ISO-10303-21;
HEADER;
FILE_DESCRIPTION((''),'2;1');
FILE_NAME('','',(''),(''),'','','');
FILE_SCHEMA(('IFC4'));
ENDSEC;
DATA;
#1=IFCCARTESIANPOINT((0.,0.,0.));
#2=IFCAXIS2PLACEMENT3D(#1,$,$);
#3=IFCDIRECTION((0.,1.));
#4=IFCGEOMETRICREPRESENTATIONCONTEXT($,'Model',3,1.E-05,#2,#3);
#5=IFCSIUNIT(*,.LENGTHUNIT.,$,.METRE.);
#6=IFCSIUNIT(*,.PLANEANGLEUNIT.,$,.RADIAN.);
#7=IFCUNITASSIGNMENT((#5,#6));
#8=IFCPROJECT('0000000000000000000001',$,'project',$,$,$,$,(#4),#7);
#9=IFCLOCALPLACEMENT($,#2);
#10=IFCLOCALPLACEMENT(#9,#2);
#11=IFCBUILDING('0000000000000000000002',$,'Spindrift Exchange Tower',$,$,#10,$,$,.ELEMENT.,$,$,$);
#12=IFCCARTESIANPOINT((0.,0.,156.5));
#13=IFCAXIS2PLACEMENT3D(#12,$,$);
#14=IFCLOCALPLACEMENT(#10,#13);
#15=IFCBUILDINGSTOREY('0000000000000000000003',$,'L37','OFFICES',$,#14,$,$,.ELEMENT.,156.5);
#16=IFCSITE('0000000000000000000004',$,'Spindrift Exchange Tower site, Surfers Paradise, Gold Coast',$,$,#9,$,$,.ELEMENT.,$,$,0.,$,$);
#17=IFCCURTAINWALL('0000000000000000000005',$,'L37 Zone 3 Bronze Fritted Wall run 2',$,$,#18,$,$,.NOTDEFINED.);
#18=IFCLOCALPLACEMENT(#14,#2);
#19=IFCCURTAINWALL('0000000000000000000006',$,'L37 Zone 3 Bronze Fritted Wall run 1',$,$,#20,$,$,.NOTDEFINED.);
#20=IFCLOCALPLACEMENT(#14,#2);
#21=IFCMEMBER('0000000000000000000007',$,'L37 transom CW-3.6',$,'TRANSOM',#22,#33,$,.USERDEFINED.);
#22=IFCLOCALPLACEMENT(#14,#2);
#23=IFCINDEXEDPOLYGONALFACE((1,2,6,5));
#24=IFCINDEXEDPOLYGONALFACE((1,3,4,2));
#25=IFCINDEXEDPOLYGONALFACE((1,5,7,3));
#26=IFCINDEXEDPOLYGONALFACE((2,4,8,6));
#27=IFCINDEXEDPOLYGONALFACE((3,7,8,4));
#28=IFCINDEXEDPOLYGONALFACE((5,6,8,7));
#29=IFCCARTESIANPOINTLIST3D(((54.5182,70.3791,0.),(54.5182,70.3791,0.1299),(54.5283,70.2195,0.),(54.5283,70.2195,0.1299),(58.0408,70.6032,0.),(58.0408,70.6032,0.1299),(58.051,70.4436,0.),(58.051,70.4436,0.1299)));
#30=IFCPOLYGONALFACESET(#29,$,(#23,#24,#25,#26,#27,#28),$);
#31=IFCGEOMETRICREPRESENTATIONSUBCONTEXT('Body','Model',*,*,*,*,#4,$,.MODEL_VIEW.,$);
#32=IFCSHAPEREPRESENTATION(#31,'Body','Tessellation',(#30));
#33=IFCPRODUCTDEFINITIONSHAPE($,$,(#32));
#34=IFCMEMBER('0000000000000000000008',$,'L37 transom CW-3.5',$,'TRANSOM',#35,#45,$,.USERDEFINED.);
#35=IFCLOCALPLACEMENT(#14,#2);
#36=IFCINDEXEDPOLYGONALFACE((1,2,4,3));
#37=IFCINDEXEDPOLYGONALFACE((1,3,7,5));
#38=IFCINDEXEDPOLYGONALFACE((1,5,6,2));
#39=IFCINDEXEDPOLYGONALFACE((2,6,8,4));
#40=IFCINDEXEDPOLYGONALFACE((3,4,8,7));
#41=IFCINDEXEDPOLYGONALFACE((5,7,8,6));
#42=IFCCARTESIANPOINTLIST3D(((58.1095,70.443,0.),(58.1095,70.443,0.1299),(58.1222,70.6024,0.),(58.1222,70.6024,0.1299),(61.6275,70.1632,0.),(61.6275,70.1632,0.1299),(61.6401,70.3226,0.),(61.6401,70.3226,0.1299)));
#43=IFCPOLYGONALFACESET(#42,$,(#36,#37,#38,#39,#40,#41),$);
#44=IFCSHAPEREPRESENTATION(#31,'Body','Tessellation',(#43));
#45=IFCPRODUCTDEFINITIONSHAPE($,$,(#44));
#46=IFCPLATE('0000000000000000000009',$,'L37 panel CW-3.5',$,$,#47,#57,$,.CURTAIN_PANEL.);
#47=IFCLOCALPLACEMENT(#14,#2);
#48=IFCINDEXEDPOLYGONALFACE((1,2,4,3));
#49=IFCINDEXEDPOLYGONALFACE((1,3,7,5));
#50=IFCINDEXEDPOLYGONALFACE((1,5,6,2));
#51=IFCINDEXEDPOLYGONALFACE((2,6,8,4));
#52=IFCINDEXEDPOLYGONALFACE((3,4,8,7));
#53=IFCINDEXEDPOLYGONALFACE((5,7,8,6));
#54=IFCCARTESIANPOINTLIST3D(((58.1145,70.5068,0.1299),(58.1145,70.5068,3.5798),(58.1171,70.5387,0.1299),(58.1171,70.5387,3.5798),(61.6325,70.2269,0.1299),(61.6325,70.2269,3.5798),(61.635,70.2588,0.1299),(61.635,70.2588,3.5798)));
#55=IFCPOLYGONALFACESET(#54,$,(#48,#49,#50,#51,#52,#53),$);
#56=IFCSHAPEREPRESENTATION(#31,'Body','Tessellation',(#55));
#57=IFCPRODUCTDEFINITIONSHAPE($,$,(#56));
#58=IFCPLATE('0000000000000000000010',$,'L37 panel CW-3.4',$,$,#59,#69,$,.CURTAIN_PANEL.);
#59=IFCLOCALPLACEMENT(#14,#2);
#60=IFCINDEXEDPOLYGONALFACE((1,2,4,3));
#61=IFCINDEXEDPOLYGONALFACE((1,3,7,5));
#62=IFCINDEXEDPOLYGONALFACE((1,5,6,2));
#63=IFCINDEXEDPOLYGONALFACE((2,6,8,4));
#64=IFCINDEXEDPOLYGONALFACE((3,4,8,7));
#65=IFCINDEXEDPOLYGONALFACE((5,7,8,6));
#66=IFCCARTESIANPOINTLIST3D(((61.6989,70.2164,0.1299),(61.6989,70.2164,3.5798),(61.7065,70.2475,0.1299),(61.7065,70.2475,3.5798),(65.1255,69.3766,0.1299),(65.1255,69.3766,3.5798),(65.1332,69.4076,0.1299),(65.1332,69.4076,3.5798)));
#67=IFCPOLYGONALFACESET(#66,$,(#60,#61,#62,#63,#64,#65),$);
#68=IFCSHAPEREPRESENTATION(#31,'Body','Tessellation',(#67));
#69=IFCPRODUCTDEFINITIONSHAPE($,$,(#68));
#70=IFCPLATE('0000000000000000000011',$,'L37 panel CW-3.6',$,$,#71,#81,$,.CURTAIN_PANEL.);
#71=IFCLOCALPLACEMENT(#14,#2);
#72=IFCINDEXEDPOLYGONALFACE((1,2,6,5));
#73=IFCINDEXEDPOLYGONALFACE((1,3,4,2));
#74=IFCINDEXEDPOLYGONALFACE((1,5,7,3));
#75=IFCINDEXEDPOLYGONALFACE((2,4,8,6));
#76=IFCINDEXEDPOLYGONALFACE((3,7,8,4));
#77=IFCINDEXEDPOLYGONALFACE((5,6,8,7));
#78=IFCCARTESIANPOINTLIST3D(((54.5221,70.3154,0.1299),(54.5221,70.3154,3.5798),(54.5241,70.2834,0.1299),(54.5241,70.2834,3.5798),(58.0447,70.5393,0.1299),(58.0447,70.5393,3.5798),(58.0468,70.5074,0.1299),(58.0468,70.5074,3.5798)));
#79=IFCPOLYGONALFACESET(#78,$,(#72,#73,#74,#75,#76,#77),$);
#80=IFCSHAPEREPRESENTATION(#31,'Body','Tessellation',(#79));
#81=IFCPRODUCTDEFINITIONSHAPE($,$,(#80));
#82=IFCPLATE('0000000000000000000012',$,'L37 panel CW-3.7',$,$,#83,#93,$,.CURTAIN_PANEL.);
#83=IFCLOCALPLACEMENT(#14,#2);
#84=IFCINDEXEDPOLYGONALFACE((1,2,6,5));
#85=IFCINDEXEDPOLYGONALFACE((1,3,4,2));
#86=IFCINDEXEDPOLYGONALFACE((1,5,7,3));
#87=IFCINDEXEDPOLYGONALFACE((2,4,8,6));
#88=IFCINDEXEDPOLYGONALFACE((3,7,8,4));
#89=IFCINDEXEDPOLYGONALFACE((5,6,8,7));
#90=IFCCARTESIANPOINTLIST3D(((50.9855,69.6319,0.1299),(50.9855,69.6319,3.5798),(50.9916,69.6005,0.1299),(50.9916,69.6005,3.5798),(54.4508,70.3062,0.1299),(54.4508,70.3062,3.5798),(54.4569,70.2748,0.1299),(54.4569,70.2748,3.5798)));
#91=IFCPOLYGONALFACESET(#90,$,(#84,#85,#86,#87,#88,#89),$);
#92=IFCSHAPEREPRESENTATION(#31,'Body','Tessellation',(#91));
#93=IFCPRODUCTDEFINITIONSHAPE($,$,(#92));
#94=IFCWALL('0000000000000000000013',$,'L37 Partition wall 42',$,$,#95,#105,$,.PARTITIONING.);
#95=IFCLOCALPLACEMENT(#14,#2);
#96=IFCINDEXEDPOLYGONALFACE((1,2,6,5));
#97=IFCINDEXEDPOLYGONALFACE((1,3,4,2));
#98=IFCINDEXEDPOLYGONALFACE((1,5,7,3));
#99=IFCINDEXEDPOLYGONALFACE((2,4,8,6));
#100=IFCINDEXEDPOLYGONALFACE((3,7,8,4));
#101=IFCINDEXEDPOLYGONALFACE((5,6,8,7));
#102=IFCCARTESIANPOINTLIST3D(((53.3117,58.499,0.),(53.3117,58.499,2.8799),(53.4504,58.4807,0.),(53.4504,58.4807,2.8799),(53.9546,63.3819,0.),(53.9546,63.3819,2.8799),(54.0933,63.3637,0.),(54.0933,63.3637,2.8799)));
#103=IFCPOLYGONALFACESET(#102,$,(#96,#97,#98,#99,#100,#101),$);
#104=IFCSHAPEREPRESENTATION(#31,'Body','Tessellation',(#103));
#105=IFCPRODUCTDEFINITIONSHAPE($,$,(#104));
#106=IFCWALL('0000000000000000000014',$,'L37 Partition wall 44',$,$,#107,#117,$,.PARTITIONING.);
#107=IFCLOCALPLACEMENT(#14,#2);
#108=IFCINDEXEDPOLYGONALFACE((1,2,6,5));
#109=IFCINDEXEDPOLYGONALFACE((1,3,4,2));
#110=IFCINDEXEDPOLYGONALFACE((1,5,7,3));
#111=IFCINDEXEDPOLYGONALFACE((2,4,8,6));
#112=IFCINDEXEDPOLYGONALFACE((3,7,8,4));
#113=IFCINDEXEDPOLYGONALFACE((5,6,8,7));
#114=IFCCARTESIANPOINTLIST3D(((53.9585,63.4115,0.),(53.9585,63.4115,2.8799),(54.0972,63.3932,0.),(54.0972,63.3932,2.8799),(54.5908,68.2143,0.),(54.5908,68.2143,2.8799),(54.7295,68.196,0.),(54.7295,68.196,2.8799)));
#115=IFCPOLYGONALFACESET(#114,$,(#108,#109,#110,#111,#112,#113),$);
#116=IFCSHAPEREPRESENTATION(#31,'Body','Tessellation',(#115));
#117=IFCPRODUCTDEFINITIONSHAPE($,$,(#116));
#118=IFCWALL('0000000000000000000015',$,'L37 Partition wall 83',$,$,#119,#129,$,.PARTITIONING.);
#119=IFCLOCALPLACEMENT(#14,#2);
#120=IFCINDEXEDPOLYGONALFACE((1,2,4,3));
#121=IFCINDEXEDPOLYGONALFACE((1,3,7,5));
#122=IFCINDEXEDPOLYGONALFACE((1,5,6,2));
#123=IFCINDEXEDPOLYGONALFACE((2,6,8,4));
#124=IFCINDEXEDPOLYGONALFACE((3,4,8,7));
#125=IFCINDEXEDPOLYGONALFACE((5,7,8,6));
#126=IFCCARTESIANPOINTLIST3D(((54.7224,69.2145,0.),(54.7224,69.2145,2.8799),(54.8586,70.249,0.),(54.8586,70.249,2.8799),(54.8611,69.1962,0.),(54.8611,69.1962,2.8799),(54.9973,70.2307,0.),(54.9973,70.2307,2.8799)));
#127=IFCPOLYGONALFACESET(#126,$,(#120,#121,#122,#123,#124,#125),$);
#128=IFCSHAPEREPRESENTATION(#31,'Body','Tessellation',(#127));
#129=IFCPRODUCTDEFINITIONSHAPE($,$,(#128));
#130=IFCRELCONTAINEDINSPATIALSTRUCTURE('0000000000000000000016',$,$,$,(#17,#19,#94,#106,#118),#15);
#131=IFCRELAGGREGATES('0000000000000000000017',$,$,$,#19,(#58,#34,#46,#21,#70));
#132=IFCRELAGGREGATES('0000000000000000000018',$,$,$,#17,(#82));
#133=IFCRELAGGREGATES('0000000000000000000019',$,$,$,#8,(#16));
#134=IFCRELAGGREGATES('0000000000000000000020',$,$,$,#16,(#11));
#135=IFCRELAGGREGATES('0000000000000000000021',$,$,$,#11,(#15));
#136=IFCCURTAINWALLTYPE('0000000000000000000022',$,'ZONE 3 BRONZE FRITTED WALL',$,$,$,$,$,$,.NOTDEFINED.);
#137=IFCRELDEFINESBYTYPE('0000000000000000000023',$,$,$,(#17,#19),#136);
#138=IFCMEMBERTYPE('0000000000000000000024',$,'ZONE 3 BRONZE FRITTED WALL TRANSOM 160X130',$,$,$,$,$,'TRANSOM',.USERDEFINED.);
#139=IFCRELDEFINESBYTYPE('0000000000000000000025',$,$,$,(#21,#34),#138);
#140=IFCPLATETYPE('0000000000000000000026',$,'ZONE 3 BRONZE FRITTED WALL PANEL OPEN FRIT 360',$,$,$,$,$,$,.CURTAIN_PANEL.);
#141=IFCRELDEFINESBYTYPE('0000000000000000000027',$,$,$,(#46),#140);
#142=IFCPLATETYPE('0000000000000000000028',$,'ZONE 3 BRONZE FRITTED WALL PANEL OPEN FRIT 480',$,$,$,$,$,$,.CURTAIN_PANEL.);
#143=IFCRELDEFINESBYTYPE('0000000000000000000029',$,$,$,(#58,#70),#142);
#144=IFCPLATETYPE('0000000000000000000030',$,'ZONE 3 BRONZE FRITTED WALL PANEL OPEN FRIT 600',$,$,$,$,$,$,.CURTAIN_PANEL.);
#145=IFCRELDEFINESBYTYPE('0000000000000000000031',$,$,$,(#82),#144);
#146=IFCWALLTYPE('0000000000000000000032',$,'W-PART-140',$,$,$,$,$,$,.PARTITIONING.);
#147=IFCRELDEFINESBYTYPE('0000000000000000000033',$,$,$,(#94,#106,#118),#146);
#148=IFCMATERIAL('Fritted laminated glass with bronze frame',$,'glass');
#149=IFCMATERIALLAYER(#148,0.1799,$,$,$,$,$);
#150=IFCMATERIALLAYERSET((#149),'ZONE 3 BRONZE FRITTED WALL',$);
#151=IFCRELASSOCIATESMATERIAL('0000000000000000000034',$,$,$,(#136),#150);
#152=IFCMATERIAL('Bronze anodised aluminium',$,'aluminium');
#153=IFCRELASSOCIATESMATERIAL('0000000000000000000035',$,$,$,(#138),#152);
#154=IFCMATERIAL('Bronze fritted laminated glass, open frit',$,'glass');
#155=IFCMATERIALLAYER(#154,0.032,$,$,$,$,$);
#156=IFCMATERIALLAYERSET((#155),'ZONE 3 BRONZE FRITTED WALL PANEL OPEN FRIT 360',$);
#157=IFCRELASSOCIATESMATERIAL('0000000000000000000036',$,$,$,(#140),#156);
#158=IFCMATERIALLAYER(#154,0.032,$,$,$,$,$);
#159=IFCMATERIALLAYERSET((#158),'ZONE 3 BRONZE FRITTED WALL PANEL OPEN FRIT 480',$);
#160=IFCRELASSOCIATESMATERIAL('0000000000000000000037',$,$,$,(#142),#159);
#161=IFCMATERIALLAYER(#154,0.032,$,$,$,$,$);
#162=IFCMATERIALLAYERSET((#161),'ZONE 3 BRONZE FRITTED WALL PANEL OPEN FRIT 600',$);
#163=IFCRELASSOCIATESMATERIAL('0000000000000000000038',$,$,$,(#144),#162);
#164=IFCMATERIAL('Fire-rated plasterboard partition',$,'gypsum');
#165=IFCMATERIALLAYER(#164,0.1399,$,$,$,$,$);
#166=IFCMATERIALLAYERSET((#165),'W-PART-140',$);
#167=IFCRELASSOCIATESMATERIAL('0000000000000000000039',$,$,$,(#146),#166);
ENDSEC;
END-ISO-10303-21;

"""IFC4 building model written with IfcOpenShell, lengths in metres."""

from ifc_helpers import new_model, si_unit, direction, frame, frame_2d, origin, origin_2d, place, context, subcontext, project, spatial, rectangle, extrude, source, transform, mapped, material, layer, layer_set, material_profile, profile_set, type_object, element, aggregate, save


model = new_model("IFC4")

# Units and contexts
model_context = context("Model", 3, precision=1e-05, world=origin(), true_north=direction((0.0, 1.0)))
body_context = subcontext(model_context, "Body", "Model", "MODEL_VIEW")
ifc_project = project(units=[si_unit("LENGTHUNIT", "METRE"), si_unit("PLANEANGLEUNIT", "RADIAN")], contexts=[model_context])

# Site, building, storey
site_placement = place(None, origin())
site = spatial("IfcSite", under=ifc_project, at=site_placement, Name="Spindrift Exchange Tower site, Surfers Paradise, Gold Coast", CompositionType="ELEMENT", RefElevation=0.0)
building_placement = place(site_placement, origin())
building = spatial("IfcBuilding", under=site, at=building_placement, Name="Spindrift Exchange Tower", CompositionType="ELEMENT")
storey_placement = place(building_placement, frame((0.0, 0.0, 156.5)))
storey = spatial("IfcBuildingStorey", under=building, at=storey_placement, Name="L37", Description="OFFICES", CompositionType="ELEMENT", Elevation=156.5)

# Curtain wall
ifc_material_1 = material(Name="Fritted laminated glass with bronze frame", Category="glass")
ifc_layer_1 = layer(ifc_material_1, 0.1799)
ifc_layer_set_1 = layer_set([ifc_layer_1], Name="ZONE 3 BRONZE FRITTED WALL")
curtain_wall_type = type_object("IfcCurtainWallType", Name="ZONE 3 BRONZE FRITTED WALL", PredefinedType="NOTDEFINED", material=ifc_layer_set_1)
curtain_wall_1_placement = place(storey_placement, origin())
curtain_wall_1 = element("IfcCurtainWall", 1, at=curtain_wall_1_placement, inside=storey, type_object=curtain_wall_type, Name="L37 Zone 3 Bronze Fritted Wall run 2", PredefinedType="NOTDEFINED")
ifc_material_2 = material(Name="Bronze anodised aluminium", Category="aluminium")
ifc_material_profile_1 = material_profile(ifc_material_2, rectangle(XDim=0.1599, YDim=0.1299, at=origin_2d()), Name="ZONE 3 BRONZE FRITTED WALL TRANSOM 160X130")
ifc_profile_set_1 = profile_set([ifc_material_profile_1], Name="Bronze anodised aluminium")
member_type_1 = type_object("IfcMemberType", Name="ZONE 3 BRONZE FRITTED WALL TRANSOM 160X130", ElementType="TRANSOM", PredefinedType="USERDEFINED", material=ifc_profile_set_1)

# Curtain wall
curtain_wall_2_placement = place(storey_placement, origin())
curtain_wall_2 = element("IfcCurtainWall", 2, at=curtain_wall_2_placement, inside=storey, type_object=curtain_wall_type, Name="L37 Zone 3 Bronze Fritted Wall run 1", PredefinedType="NOTDEFINED")

# Members
shared_shape_1 = source(origin(), body_context, "Body", "SweptSolid", [
    extrude(rectangle(XDim=0.1599, YDim=0.1299, at=origin_2d()), origin(), (0.0, 0.0, 1.0), 3.5298),
])
member_1_placement = place(storey_placement, frame((58.0459, 70.5234, 0.0649), z_axis=(-0.997982, -0.063493, 0.0), x_axis=(0.063493, -0.997982, 0.0)))
member_1 = element("IfcMember", 3, at=member_1_placement, type_object=member_type_1, Name="L37 transom CW-3.6", ObjectType="TRANSOM", PredefinedType="USERDEFINED", context=body_context, shape_type="MappedRepresentation", body=[
    mapped(shared_shape_1, transform((0.0, 0.0, 0.0), scale=1.0)),
])
shared_shape_2 = source(origin(), body_context, "Body", "SweptSolid", [
    extrude(rectangle(XDim=0.1599, YDim=0.1299, at=origin_2d()), origin(), (0.0, 0.0, 1.0), 3.5291),
])
member_2_placement = place(storey_placement, frame((61.6338, 70.2429, 0.0649), z_axis=(-0.996853, 0.079278, 0.0), x_axis=(-0.079278, -0.996853, 0.0)))
member_2 = element("IfcMember", 4, at=member_2_placement, type_object=member_type_1, Name="L37 transom CW-3.5", ObjectType="TRANSOM", PredefinedType="USERDEFINED", context=body_context, shape_type="MappedRepresentation", body=[
    mapped(shared_shape_2, transform((0.0, 0.0, 0.0), scale=1.0)),
])

# Plates
ifc_material_3 = material(Name="Bronze fritted laminated glass, open frit", Category="glass")
ifc_layer_2 = layer(ifc_material_3, 0.032)
ifc_layer_set_2 = layer_set([ifc_layer_2], Name="ZONE 3 BRONZE FRITTED WALL PANEL OPEN FRIT 360")
plate_type_1 = type_object("IfcPlateType", Name="ZONE 3 BRONZE FRITTED WALL PANEL OPEN FRIT 360", PredefinedType="CURTAIN_PANEL", material=ifc_layer_set_2)
shared_shape_3 = source(origin(), body_context, "Body", "SweptSolid", [
    extrude(rectangle(XDim=3.5291, YDim=0.032, at=origin_2d()), origin(), (0.0, 0.0, 1.0), 3.45),
])
plate_1_placement = place(storey_placement, frame((59.8748, 70.3828, 0.1299), z_axis=(0.0, 0.0, 1.0), x_axis=(-0.996851, 0.079298, 0.0)))
plate_1 = element("IfcPlate", 5, at=plate_1_placement, type_object=plate_type_1, Name="L37 panel CW-3.5", PredefinedType="CURTAIN_PANEL", context=body_context, shape_type="MappedRepresentation", body=[
    mapped(shared_shape_3, transform((0.0, 0.0, 0.0), scale=1.0)),
])
ifc_layer_3 = layer(ifc_material_3, 0.032)
ifc_layer_set_3 = layer_set([ifc_layer_3], Name="ZONE 3 BRONZE FRITTED WALL PANEL OPEN FRIT 480")
plate_type_2 = type_object("IfcPlateType", Name="ZONE 3 BRONZE FRITTED WALL PANEL OPEN FRIT 480", PredefinedType="CURTAIN_PANEL", material=ifc_layer_set_3)
shared_shape_4 = source(origin(), body_context, "Body", "SweptSolid", [
    extrude(rectangle(XDim=3.5281, YDim=0.032, at=origin_2d()), origin(), (0.0, 0.0, 1.0), 3.45),
])
plate_2_placement = place(storey_placement, frame((63.416, 69.812, 0.1299), z_axis=(0.0, 0.0, 1.0), x_axis=(-0.971255, 0.23804, 0.0)))
plate_2 = element("IfcPlate", 6, at=plate_2_placement, type_object=plate_type_2, Name="L37 panel CW-3.4", PredefinedType="CURTAIN_PANEL", context=body_context, shape_type="MappedRepresentation", body=[
    mapped(shared_shape_4, transform((0.0, 0.0, 0.0), scale=1.0)),
])
shared_shape_5 = source(origin(), body_context, "Body", "SweptSolid", [
    extrude(rectangle(XDim=3.5298, YDim=0.032, at=origin_2d()), origin(), (0.0, 0.0, 1.0), 3.45),
])
plate_3_placement = place(storey_placement, frame((56.2844, 70.4114, 0.1299), z_axis=(0.0, 0.0, 1.0), x_axis=(-0.997985, -0.063447, 0.0)))
plate_3 = element("IfcPlate", 7, at=plate_3_placement, type_object=plate_type_2, Name="L37 panel CW-3.6", PredefinedType="CURTAIN_PANEL", context=body_context, shape_type="MappedRepresentation", body=[
    mapped(shared_shape_5, transform((0.0, 0.0, 0.0), scale=1.0)),
])
aggregate(curtain_wall_2, [plate_2, member_2, plate_1, member_1, plate_3])
ifc_layer_4 = layer(ifc_material_3, 0.032)
ifc_layer_set_4 = layer_set([ifc_layer_4], Name="ZONE 3 BRONZE FRITTED WALL PANEL OPEN FRIT 600")
plate_type_3 = type_object("IfcPlateType", Name="ZONE 3 BRONZE FRITTED WALL PANEL OPEN FRIT 600", PredefinedType="CURTAIN_PANEL", material=ifc_layer_set_4)
shared_shape_6 = source(origin(), body_context, "Body", "SweptSolid", [
    extrude(rectangle(XDim=3.5303, YDim=0.032, at=origin_2d()), origin(), (0.0, 0.0, 1.0), 3.45),
])
plate_4_placement = place(storey_placement, frame((52.7212, 69.9534, 0.1299), z_axis=(0.0, 0.0, 1.0), x_axis=(-0.981588, -0.191013, 0.0)))
plate_4 = element("IfcPlate", 8, at=plate_4_placement, type_object=plate_type_3, Name="L37 panel CW-3.7", PredefinedType="CURTAIN_PANEL", context=body_context, shape_type="MappedRepresentation", body=[
    mapped(shared_shape_6, transform((0.0, 0.0, 0.0), scale=1.0)),
])
aggregate(curtain_wall_1, [plate_4])

# Walls
ifc_material_4 = material(Name="Fire-rated plasterboard partition", Category="gypsum")
ifc_layer_5 = layer(ifc_material_4, 0.1399)
ifc_layer_set_5 = layer_set([ifc_layer_5], Name="W-PART-140")
wall_type = type_object("IfcWallType", Name="W-PART-140", PredefinedType="PARTITIONING", material=ifc_layer_set_5)
wall_1_placement = place(storey_placement, frame((53.3811, 58.49, 0.0), z_axis=(0.0, 0.0, 1.0), x_axis=(0.130524, 0.991445, 0.0)))
element("IfcWall", 9, at=wall_1_placement, inside=storey, type_object=wall_type, Name="L37 Partition wall 42", PredefinedType="PARTITIONING", context=body_context, shape_type="SweptSolid", body=[
    extrude(rectangle(XDim=4.925, YDim=0.1399, at=frame_2d((2.4624, 0.0))), origin(), (0.0, 0.0, 1.0), 2.8799),
])
wall_2_placement = place(storey_placement, frame((54.0278, 63.4023, 0.0), z_axis=(0.0, 0.0, 1.0), x_axis=(0.130533, 0.991444, 0.0)))
element("IfcWall", 10, at=wall_2_placement, inside=storey, type_object=wall_type, Name="L37 Partition wall 44", PredefinedType="PARTITIONING", context=body_context, shape_type="SweptSolid", body=[
    extrude(rectangle(XDim=4.8442, YDim=0.1399, at=frame_2d((2.4221, 0.0))), origin(), (0.0, 0.0, 1.0), 2.8799),
])
wall_3_placement = place(storey_placement, frame((54.7917, 69.2053, 0.0), z_axis=(0.0, 0.0, 1.0), x_axis=(0.13057, 0.991439, 0.0)))
element("IfcWall", 11, at=wall_3_placement, inside=storey, type_object=wall_type, Name="L37 Partition wall 83", PredefinedType="PARTITIONING", context=body_context, shape_type="SweptSolid", body=[
    extrude(rectangle(XDim=1.0435, YDim=0.1399, at=frame_2d((0.5217, 0.0))), origin(), (0.0, 0.0, 1.0), 2.8799),
])

save(model, "model.ifc")
